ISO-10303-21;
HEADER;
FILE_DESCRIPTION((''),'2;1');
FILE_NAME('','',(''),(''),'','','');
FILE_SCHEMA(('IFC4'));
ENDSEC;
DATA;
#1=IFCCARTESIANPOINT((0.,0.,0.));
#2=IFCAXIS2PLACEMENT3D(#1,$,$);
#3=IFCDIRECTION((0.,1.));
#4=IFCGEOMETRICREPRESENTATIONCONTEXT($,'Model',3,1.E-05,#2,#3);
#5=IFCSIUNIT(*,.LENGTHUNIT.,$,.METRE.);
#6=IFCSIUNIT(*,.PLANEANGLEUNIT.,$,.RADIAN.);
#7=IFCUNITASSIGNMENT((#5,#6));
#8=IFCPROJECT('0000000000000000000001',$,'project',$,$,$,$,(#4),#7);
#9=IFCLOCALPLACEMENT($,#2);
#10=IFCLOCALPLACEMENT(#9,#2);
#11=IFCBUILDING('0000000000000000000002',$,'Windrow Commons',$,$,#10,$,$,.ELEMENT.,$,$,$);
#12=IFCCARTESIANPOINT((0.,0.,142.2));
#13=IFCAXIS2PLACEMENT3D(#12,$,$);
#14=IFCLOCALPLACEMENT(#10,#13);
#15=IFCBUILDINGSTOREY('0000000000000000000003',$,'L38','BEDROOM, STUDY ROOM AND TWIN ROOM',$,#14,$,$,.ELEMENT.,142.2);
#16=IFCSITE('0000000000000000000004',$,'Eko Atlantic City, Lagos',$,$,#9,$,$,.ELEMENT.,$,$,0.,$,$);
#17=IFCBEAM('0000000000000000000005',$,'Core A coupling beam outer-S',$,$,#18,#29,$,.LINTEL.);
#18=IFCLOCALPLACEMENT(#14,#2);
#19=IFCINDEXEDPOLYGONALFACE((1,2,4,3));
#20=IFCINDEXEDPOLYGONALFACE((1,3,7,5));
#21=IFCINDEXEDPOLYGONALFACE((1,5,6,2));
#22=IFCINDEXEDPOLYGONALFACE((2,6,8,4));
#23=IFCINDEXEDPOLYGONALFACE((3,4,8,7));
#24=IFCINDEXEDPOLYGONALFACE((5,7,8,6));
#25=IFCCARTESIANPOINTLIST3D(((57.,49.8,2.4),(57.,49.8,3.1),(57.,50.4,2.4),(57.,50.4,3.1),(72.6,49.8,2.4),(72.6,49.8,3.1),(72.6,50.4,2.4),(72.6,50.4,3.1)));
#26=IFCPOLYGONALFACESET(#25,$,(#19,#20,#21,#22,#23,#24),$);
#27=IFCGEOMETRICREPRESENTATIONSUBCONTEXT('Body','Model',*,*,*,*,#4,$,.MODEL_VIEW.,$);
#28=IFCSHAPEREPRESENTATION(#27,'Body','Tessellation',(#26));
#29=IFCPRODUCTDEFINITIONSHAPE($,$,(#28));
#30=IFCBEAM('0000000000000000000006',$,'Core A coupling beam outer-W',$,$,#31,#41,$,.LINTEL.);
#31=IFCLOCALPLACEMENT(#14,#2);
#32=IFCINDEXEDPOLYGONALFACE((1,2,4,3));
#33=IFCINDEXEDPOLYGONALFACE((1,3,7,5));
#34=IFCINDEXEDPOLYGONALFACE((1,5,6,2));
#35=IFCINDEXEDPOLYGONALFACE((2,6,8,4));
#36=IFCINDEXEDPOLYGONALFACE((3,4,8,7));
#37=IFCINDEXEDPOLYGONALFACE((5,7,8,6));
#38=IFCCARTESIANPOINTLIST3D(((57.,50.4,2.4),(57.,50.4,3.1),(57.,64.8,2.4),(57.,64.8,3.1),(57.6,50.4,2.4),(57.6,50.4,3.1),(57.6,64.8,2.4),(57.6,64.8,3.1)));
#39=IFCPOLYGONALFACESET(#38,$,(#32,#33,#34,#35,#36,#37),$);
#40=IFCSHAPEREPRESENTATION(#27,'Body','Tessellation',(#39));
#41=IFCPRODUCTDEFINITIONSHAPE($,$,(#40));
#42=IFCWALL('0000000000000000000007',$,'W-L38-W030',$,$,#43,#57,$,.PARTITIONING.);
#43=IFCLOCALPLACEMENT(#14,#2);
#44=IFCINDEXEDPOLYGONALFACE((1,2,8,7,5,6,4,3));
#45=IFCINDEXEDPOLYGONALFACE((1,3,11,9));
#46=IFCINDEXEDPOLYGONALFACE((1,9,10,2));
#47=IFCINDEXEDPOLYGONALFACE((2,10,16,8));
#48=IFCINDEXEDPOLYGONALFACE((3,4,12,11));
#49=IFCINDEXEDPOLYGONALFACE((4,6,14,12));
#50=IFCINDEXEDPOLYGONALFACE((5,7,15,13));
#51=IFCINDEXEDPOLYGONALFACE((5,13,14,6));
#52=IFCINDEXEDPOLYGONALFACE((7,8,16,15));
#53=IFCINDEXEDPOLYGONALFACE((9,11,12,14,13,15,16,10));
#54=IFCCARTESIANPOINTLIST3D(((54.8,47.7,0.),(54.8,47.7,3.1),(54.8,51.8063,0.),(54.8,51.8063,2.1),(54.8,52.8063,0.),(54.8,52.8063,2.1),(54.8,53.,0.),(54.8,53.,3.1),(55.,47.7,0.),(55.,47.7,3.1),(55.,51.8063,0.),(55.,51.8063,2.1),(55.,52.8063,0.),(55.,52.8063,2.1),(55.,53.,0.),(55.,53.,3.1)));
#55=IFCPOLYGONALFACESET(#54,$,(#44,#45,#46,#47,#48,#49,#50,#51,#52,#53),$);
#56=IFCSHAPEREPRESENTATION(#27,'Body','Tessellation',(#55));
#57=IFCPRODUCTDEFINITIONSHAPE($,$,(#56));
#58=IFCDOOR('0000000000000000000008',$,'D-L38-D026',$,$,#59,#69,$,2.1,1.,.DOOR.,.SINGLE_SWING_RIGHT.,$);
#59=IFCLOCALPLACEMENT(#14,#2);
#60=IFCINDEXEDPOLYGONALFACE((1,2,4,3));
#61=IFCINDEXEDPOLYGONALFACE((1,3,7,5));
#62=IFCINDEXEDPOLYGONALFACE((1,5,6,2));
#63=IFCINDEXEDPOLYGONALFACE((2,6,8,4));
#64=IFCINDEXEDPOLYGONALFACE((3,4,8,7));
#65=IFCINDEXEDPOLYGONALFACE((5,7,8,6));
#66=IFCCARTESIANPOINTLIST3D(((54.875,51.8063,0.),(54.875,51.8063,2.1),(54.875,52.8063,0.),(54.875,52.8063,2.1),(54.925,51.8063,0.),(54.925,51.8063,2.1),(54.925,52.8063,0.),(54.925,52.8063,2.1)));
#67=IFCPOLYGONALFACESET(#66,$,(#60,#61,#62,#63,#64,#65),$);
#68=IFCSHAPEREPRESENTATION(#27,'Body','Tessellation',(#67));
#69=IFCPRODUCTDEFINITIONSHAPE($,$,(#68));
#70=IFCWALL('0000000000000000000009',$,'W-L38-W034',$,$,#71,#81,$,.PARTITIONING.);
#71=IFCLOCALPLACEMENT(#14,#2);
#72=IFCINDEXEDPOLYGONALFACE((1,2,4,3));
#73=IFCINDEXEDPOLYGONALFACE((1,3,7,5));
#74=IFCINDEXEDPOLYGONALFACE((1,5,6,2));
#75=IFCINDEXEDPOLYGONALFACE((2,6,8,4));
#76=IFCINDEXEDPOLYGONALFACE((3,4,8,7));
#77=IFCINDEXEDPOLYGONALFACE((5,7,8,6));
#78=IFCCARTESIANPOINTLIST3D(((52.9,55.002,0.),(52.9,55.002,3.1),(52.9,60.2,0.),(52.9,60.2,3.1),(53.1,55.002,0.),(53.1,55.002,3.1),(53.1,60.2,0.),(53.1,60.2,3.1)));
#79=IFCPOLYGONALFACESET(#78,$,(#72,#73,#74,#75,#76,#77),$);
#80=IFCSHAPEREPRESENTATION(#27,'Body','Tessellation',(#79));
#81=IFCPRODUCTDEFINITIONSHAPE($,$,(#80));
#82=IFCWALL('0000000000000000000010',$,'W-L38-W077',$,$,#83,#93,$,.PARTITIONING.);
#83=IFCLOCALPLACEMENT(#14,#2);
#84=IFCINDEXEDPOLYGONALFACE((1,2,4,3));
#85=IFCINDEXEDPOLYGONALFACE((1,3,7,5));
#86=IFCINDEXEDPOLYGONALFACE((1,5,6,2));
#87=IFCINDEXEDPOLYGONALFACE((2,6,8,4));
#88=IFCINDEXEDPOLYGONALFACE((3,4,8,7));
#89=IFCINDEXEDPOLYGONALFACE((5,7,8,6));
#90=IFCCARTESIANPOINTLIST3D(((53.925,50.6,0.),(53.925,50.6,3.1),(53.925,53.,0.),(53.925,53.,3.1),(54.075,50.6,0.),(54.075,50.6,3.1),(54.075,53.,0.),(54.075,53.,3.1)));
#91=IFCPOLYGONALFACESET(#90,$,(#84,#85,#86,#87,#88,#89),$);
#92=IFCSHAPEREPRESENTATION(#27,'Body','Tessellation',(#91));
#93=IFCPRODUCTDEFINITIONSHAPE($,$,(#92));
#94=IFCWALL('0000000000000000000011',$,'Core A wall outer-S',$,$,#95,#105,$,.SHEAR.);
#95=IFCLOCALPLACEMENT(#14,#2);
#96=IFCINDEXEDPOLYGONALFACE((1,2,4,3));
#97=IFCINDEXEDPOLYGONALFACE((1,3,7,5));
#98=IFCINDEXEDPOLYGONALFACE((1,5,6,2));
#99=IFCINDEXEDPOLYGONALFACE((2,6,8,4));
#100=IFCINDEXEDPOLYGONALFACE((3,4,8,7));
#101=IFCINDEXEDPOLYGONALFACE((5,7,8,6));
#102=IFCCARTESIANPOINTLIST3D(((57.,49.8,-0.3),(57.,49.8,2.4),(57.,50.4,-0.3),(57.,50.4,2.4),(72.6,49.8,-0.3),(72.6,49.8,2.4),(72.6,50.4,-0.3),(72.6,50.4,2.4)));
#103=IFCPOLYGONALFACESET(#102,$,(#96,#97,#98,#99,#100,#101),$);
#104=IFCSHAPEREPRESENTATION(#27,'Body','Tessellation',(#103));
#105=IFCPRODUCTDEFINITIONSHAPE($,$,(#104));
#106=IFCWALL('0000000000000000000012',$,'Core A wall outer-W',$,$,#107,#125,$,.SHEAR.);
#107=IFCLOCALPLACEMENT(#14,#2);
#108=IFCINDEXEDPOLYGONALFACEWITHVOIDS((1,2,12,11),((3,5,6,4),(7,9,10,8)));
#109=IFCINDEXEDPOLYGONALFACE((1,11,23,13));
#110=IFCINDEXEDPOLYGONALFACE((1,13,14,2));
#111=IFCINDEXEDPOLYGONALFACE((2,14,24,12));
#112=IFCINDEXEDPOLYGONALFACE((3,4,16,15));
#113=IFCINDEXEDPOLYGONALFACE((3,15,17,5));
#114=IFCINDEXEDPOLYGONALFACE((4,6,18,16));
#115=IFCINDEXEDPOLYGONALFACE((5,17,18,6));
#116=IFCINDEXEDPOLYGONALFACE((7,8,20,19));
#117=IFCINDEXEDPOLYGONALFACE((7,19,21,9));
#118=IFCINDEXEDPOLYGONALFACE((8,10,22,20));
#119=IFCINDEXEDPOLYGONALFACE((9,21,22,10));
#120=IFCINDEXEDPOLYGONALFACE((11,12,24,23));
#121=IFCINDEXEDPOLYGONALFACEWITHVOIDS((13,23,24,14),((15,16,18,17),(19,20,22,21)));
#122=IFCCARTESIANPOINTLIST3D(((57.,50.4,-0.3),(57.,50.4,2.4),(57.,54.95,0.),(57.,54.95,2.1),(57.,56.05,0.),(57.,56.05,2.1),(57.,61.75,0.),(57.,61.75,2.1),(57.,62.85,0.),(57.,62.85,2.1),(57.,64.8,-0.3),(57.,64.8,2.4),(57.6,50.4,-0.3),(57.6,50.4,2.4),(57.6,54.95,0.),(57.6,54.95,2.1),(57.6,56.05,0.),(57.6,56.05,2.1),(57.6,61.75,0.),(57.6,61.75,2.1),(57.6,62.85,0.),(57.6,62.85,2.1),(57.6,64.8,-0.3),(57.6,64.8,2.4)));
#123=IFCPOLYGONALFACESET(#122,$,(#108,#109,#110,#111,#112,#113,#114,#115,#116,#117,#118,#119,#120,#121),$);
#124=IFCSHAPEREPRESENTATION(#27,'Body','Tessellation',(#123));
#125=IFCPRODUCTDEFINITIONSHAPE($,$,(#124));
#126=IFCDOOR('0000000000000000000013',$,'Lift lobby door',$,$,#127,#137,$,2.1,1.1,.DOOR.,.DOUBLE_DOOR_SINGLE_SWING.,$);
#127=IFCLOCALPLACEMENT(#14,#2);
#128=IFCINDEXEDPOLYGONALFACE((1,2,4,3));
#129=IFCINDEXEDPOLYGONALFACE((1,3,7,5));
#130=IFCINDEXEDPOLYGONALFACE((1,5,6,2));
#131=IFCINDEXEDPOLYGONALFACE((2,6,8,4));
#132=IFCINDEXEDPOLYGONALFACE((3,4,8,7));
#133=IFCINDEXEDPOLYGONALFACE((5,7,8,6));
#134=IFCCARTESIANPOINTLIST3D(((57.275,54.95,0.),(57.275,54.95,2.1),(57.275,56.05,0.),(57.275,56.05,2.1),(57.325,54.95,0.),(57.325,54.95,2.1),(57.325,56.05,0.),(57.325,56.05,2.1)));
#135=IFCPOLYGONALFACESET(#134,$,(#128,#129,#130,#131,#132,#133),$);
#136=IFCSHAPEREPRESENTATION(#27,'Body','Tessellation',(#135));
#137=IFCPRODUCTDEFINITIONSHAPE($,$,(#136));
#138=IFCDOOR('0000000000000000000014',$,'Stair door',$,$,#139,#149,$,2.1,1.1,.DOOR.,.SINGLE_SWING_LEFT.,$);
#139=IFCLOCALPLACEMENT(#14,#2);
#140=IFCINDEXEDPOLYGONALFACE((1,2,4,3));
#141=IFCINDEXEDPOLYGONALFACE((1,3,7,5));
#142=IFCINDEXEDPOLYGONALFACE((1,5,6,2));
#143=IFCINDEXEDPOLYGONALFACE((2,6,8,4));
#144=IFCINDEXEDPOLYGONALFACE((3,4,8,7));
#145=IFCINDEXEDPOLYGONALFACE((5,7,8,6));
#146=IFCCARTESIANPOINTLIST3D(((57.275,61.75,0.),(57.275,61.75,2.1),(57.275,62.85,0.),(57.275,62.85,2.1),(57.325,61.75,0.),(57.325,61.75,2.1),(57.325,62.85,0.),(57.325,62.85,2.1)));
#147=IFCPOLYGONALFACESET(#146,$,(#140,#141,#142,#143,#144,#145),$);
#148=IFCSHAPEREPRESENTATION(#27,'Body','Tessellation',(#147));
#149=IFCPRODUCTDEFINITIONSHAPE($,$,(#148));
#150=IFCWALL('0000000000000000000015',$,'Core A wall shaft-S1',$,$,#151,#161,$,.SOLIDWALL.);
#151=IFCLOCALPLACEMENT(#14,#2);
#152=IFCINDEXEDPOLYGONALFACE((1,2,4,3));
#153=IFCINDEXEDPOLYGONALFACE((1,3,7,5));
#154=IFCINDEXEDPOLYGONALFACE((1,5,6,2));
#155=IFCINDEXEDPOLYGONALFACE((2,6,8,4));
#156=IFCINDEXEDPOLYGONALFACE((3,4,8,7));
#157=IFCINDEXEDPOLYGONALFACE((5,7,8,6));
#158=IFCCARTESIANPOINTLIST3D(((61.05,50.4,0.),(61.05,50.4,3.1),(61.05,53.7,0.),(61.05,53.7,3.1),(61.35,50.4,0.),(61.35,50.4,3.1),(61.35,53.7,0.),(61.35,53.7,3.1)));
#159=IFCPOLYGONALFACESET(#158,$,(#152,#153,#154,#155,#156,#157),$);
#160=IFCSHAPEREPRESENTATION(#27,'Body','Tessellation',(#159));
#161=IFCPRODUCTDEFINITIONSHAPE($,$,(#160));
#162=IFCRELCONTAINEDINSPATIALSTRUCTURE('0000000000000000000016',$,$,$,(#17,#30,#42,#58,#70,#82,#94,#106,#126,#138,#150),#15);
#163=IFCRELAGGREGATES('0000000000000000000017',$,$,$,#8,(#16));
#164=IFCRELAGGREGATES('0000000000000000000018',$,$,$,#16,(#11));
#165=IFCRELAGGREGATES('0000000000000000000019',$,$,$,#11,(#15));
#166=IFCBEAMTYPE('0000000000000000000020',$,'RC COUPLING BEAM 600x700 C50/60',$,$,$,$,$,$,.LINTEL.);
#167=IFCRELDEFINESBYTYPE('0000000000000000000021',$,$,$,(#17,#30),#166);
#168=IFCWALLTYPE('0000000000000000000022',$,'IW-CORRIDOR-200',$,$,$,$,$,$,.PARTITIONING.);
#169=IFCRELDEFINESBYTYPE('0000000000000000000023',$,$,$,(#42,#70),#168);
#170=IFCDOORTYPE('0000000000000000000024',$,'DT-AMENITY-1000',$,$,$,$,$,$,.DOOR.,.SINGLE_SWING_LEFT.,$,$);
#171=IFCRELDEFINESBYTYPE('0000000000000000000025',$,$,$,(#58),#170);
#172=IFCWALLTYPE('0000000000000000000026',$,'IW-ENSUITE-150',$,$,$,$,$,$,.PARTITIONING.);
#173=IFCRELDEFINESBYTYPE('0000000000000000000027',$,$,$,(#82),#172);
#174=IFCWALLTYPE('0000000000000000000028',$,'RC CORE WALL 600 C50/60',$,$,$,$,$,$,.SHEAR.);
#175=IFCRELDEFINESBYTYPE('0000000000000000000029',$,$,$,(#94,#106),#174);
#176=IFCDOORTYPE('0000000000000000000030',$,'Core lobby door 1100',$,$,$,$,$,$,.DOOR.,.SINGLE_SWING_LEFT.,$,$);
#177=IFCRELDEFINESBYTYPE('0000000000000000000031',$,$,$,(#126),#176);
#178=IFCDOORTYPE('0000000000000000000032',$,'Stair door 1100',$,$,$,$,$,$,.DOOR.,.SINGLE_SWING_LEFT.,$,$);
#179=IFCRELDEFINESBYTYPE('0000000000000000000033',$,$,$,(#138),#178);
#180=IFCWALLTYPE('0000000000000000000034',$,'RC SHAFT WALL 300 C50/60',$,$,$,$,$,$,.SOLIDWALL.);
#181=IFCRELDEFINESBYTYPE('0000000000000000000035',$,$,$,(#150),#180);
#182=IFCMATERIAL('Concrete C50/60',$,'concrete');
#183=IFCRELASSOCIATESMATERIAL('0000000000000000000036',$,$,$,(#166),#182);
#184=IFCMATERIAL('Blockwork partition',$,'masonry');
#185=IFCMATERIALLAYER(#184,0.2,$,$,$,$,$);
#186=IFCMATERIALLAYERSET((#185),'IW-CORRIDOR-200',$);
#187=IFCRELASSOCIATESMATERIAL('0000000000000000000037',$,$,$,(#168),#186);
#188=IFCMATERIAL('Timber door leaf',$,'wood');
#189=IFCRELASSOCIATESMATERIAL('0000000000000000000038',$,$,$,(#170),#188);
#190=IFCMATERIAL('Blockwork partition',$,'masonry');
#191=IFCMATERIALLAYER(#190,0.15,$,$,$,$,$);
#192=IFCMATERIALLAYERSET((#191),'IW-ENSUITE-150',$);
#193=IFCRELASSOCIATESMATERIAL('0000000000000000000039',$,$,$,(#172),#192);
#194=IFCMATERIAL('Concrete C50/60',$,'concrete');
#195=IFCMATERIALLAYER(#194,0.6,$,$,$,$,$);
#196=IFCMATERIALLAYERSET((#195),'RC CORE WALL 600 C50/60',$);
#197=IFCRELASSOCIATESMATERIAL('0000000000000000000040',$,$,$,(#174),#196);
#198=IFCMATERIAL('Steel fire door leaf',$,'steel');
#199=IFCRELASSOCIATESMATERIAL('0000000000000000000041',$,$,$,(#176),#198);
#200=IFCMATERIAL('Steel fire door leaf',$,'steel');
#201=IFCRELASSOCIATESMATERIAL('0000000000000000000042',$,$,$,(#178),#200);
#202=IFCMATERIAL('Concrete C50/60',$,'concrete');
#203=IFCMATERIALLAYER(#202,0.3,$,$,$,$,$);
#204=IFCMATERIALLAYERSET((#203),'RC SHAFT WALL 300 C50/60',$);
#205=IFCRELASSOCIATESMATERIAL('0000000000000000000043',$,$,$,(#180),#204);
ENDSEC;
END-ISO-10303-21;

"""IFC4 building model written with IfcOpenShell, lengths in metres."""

from ifc_helpers import new_model, si_unit, direction, frame, frame_2d, origin, origin_2d, place, context, subcontext, project, spatial, rectangle, extrude, material, layer, layer_set, material_profile, profile_set, type_object, element, fill, save


model = new_model("IFC4")

# Units and contexts
model_context = context("Model", 3, precision=1e-05, world=origin(), true_north=direction((0.0, 1.0)))
body_context = subcontext(model_context, "Body", "Model", "MODEL_VIEW")
ifc_project = project(units=[si_unit("LENGTHUNIT", "METRE"), si_unit("PLANEANGLEUNIT", "RADIAN")], contexts=[model_context])

# Site, building, storey
site_placement = place(None, origin())
site = spatial("IfcSite", under=ifc_project, at=site_placement, Name="Eko Atlantic City, Lagos", CompositionType="ELEMENT", RefElevation=0.0)
building_placement = place(site_placement, origin())
building = spatial("IfcBuilding", under=site, at=building_placement, Name="Windrow Commons", CompositionType="ELEMENT")
storey_placement = place(building_placement, frame((0.0, 0.0, 142.2)))
storey = spatial("IfcBuildingStorey", under=building, at=storey_placement, Name="L38", Description="BEDROOM, STUDY ROOM AND TWIN ROOM", CompositionType="ELEMENT", Elevation=142.2)

# Beams
ifc_material_1 = material(Name="Concrete C50/60", Category="concrete")
ifc_material_profile = material_profile(ifc_material_1, rectangle(XDim=0.6, YDim=0.7, at=origin_2d()))
ifc_profile_set = profile_set([ifc_material_profile], Name="Concrete C50/60")
beam_type = type_object("IfcBeamType", Name="RC COUPLING BEAM 600x700 C50/60", PredefinedType="LINTEL", material=ifc_profile_set)
beam_1_placement = place(storey_placement, frame((57.0, 50.1, 2.75), z_axis=(1.0, 0.0, 0.0), x_axis=(0.0, 1.0, 0.0)))
element("IfcBeam", 1, at=beam_1_placement, inside=storey, type_object=beam_type, Name="Core A coupling beam outer-S", PredefinedType="LINTEL", context=body_context, shape_type="SweptSolid", body=[
    extrude(rectangle(XDim=0.6, YDim=0.7, at=origin_2d()), origin(), (0.0, 0.0, 1.0), 15.6),
])
beam_2_placement = place(storey_placement, frame((57.3, 50.4, 2.75), z_axis=(0.0, 1.0, 0.0), x_axis=(-1.0, 0.0, 0.0)))
element("IfcBeam", 2, at=beam_2_placement, inside=storey, type_object=beam_type, Name="Core A coupling beam outer-W", PredefinedType="LINTEL", context=body_context, shape_type="SweptSolid", body=[
    extrude(rectangle(XDim=0.6, YDim=0.7, at=origin_2d()), origin(), (0.0, 0.0, 1.0), 14.4),
])

# Wall, opening, door
ifc_material_2 = material(Name="Blockwork partition", Category="masonry")
ifc_layer_1 = layer(ifc_material_2, 0.2)
ifc_layer_set_1 = layer_set([ifc_layer_1], Name="IW-CORRIDOR-200")
wall_type_1 = type_object("IfcWallType", Name="IW-CORRIDOR-200", PredefinedType="PARTITIONING", material=ifc_layer_set_1)
wall_1_placement = place(storey_placement, frame((54.9, 47.7, 0.0), z_axis=(0.0, 0.0, 1.0), x_axis=(0.0, 1.0, 0.0)))
wall_1 = element("IfcWall", 3, at=wall_1_placement, inside=storey, type_object=wall_type_1, Name="W-L38-W030", PredefinedType="PARTITIONING", context=body_context, shape_type="SweptSolid", body=[
    extrude(rectangle(XDim=5.3, YDim=0.2, at=frame_2d((2.65, 0.0))), origin(), (0.0, 0.0, 1.0), 3.1),
])
opening_1_placement = place(wall_1_placement, frame((4.1063, 0.0, 0.0)))
opening_1 = element("IfcOpeningElement", 4, at=opening_1_placement, cuts=wall_1, PredefinedType="OPENING", context=body_context, shape_type="SweptSolid", body=[
    extrude(rectangle(XDim=1.0, YDim=2.1, at=frame_2d((0.5, 1.05))), frame((0.0, 0.11, 0.0), z_axis=(0.0, -1.0, 0.0), x_axis=(1.0, 0.0, 0.0)), (0.0, 0.0, 1.0), 0.22),
])
ifc_material_3 = material(Name="Timber door leaf", Category="wood")
door_type_1 = type_object("IfcDoorType", Name="DT-AMENITY-1000", OperationType="SINGLE_SWING_LEFT", PredefinedType="DOOR", material=ifc_material_3)
door_1_placement = place(opening_1_placement, origin())
door_1 = element("IfcDoor", 5, at=door_1_placement, inside=storey, type_object=door_type_1, Name="D-L38-D026", OperationType="SINGLE_SWING_RIGHT", OverallHeight=2.1, OverallWidth=1.0, PredefinedType="DOOR", context=body_context, shape_type="SweptSolid", body=[
    extrude(rectangle(XDim=1.0, YDim=2.1, at=frame_2d((0.5, 1.05))), frame((0.0, 0.025, 0.0), z_axis=(0.0, -1.0, 0.0), x_axis=(1.0, 0.0, 0.0)), (0.0, 0.0, 1.0), 0.05),
])
fill(opening_1, door_1)

# Walls
wall_2_placement = place(storey_placement, frame((53.0, 55.002, 0.0), z_axis=(0.0, 0.0, 1.0), x_axis=(0.0, 1.0, 0.0)))
element("IfcWall", 6, at=wall_2_placement, inside=storey, type_object=wall_type_1, Name="W-L38-W034", PredefinedType="PARTITIONING", context=body_context, shape_type="SweptSolid", body=[
    extrude(rectangle(XDim=5.198, YDim=0.2, at=frame_2d((2.599, 0.0))), origin(), (0.0, 0.0, 1.0), 3.1),
])
ifc_material_4 = material(Name="Blockwork partition", Category="masonry")
ifc_layer_2 = layer(ifc_material_4, 0.15)
ifc_layer_set_2 = layer_set([ifc_layer_2], Name="IW-ENSUITE-150")
wall_type_2 = type_object("IfcWallType", Name="IW-ENSUITE-150", PredefinedType="PARTITIONING", material=ifc_layer_set_2)
wall_3_placement = place(storey_placement, frame((54.0, 50.6, 0.0), z_axis=(0.0, 0.0, 1.0), x_axis=(0.0, 1.0, 0.0)))
element("IfcWall", 7, at=wall_3_placement, inside=storey, type_object=wall_type_2, Name="W-L38-W077", PredefinedType="PARTITIONING", context=body_context, shape_type="SweptSolid", body=[
    extrude(rectangle(XDim=2.4, YDim=0.15, at=frame_2d((1.2, 0.0))), origin(), (0.0, 0.0, 1.0), 3.1),
])
ifc_material_5 = material(Name="Concrete C50/60", Category="concrete")
ifc_layer_3 = layer(ifc_material_5, 0.6)
ifc_layer_set_3 = layer_set([ifc_layer_3], Name="RC CORE WALL 600 C50/60")
wall_type_3 = type_object("IfcWallType", Name="RC CORE WALL 600 C50/60", PredefinedType="SHEAR", material=ifc_layer_set_3)
wall_4_placement = place(storey_placement, frame((57.0, 50.1, -0.3), z_axis=(0.0, 0.0, 1.0), x_axis=(1.0, 0.0, 0.0)))
element("IfcWall", 8, at=wall_4_placement, inside=storey, type_object=wall_type_3, Name="Core A wall outer-S", PredefinedType="SHEAR", context=body_context, shape_type="SweptSolid", body=[
    extrude(rectangle(XDim=15.6, YDim=0.6, at=frame_2d((7.8, 0.0))), origin(), (0.0, 0.0, 1.0), 2.7),
])

# Wall, openings, doors
wall_5_placement = place(storey_placement, frame((57.3, 50.4, -0.3), z_axis=(0.0, 0.0, 1.0), x_axis=(0.0, 1.0, 0.0)))
wall_5 = element("IfcWall", 9, at=wall_5_placement, inside=storey, type_object=wall_type_3, Name="Core A wall outer-W", PredefinedType="SHEAR", context=body_context, shape_type="SweptSolid", body=[
    extrude(rectangle(XDim=14.4, YDim=0.6, at=frame_2d((7.2, 0.0))), origin(), (0.0, 0.0, 1.0), 2.7),
])
opening_2_placement = place(wall_5_placement, frame((4.55, 0.0, 0.3)))
opening_2 = element("IfcOpeningElement", 10, at=opening_2_placement, cuts=wall_5, PredefinedType="OPENING", context=body_context, shape_type="SweptSolid", body=[
    extrude(rectangle(XDim=1.1, YDim=2.1, at=frame_2d((0.55, 1.05))), frame((0.0, 0.31, 0.0), z_axis=(0.0, -1.0, 0.0), x_axis=(1.0, 0.0, 0.0)), (0.0, 0.0, 1.0), 0.62),
])
opening_3_placement = place(wall_5_placement, frame((11.35, 0.0, 0.3)))
opening_3 = element("IfcOpeningElement", 11, at=opening_3_placement, cuts=wall_5, PredefinedType="OPENING", context=body_context, shape_type="SweptSolid", body=[
    extrude(rectangle(XDim=1.1, YDim=2.1, at=frame_2d((0.55, 1.05))), frame((0.0, 0.31, 0.0), z_axis=(0.0, -1.0, 0.0), x_axis=(1.0, 0.0, 0.0)), (0.0, 0.0, 1.0), 0.62),
])
ifc_material_6 = material(Name="Steel fire door leaf", Category="steel")
door_type_2 = type_object("IfcDoorType", Name="Core lobby door 1100", OperationType="SINGLE_SWING_LEFT", PredefinedType="DOOR", material=ifc_material_6)
door_2_placement = place(opening_2_placement, origin())
door_2 = element("IfcDoor", 12, at=door_2_placement, inside=storey, type_object=door_type_2, Name="Lift lobby door", OperationType="DOUBLE_DOOR_SINGLE_SWING", OverallHeight=2.1, OverallWidth=1.1, PredefinedType="DOOR", context=body_context, shape_type="SweptSolid", body=[
    extrude(rectangle(XDim=1.1, YDim=2.1, at=frame_2d((0.55, 1.05))), frame((0.0, 0.025, 0.0), z_axis=(0.0, -1.0, 0.0), x_axis=(1.0, 0.0, 0.0)), (0.0, 0.0, 1.0), 0.05),
])
fill(opening_2, door_2)
ifc_material_7 = material(Name="Steel fire door leaf", Category="steel")
door_type_3 = type_object("IfcDoorType", Name="Stair door 1100", OperationType="SINGLE_SWING_LEFT", PredefinedType="DOOR", material=ifc_material_7)
door_3_placement = place(opening_3_placement, origin())
door_3 = element("IfcDoor", 13, at=door_3_placement, inside=storey, type_object=door_type_3, Name="Stair door", OperationType="SINGLE_SWING_LEFT", OverallHeight=2.1, OverallWidth=1.1, PredefinedType="DOOR", context=body_context, shape_type="SweptSolid", body=[
    extrude(rectangle(XDim=1.1, YDim=2.1, at=frame_2d((0.55, 1.05))), frame((0.0, 0.025, 0.0), z_axis=(0.0, -1.0, 0.0), x_axis=(1.0, 0.0, 0.0)), (0.0, 0.0, 1.0), 0.05),
])
fill(opening_3, door_3)

# Wall
ifc_material_8 = material(Name="Concrete C50/60", Category="concrete")
ifc_layer_4 = layer(ifc_material_8, 0.3)
ifc_layer_set_4 = layer_set([ifc_layer_4], Name="RC SHAFT WALL 300 C50/60")
wall_type_4 = type_object("IfcWallType", Name="RC SHAFT WALL 300 C50/60", PredefinedType="SOLIDWALL", material=ifc_layer_set_4)
wall_6_placement = place(storey_placement, frame((61.2, 50.4, 0.0), z_axis=(0.0, 0.0, 1.0), x_axis=(0.0, 1.0, 0.0)))
element("IfcWall", 14, at=wall_6_placement, inside=storey, type_object=wall_type_4, Name="Core A wall shaft-S1", PredefinedType="SOLIDWALL", context=body_context, shape_type="SweptSolid", body=[
    extrude(rectangle(XDim=3.3, YDim=0.3, at=frame_2d((1.65, 0.0))), origin(), (0.0, 0.0, 1.0), 3.1),
])

save(model, "model.ifc")
